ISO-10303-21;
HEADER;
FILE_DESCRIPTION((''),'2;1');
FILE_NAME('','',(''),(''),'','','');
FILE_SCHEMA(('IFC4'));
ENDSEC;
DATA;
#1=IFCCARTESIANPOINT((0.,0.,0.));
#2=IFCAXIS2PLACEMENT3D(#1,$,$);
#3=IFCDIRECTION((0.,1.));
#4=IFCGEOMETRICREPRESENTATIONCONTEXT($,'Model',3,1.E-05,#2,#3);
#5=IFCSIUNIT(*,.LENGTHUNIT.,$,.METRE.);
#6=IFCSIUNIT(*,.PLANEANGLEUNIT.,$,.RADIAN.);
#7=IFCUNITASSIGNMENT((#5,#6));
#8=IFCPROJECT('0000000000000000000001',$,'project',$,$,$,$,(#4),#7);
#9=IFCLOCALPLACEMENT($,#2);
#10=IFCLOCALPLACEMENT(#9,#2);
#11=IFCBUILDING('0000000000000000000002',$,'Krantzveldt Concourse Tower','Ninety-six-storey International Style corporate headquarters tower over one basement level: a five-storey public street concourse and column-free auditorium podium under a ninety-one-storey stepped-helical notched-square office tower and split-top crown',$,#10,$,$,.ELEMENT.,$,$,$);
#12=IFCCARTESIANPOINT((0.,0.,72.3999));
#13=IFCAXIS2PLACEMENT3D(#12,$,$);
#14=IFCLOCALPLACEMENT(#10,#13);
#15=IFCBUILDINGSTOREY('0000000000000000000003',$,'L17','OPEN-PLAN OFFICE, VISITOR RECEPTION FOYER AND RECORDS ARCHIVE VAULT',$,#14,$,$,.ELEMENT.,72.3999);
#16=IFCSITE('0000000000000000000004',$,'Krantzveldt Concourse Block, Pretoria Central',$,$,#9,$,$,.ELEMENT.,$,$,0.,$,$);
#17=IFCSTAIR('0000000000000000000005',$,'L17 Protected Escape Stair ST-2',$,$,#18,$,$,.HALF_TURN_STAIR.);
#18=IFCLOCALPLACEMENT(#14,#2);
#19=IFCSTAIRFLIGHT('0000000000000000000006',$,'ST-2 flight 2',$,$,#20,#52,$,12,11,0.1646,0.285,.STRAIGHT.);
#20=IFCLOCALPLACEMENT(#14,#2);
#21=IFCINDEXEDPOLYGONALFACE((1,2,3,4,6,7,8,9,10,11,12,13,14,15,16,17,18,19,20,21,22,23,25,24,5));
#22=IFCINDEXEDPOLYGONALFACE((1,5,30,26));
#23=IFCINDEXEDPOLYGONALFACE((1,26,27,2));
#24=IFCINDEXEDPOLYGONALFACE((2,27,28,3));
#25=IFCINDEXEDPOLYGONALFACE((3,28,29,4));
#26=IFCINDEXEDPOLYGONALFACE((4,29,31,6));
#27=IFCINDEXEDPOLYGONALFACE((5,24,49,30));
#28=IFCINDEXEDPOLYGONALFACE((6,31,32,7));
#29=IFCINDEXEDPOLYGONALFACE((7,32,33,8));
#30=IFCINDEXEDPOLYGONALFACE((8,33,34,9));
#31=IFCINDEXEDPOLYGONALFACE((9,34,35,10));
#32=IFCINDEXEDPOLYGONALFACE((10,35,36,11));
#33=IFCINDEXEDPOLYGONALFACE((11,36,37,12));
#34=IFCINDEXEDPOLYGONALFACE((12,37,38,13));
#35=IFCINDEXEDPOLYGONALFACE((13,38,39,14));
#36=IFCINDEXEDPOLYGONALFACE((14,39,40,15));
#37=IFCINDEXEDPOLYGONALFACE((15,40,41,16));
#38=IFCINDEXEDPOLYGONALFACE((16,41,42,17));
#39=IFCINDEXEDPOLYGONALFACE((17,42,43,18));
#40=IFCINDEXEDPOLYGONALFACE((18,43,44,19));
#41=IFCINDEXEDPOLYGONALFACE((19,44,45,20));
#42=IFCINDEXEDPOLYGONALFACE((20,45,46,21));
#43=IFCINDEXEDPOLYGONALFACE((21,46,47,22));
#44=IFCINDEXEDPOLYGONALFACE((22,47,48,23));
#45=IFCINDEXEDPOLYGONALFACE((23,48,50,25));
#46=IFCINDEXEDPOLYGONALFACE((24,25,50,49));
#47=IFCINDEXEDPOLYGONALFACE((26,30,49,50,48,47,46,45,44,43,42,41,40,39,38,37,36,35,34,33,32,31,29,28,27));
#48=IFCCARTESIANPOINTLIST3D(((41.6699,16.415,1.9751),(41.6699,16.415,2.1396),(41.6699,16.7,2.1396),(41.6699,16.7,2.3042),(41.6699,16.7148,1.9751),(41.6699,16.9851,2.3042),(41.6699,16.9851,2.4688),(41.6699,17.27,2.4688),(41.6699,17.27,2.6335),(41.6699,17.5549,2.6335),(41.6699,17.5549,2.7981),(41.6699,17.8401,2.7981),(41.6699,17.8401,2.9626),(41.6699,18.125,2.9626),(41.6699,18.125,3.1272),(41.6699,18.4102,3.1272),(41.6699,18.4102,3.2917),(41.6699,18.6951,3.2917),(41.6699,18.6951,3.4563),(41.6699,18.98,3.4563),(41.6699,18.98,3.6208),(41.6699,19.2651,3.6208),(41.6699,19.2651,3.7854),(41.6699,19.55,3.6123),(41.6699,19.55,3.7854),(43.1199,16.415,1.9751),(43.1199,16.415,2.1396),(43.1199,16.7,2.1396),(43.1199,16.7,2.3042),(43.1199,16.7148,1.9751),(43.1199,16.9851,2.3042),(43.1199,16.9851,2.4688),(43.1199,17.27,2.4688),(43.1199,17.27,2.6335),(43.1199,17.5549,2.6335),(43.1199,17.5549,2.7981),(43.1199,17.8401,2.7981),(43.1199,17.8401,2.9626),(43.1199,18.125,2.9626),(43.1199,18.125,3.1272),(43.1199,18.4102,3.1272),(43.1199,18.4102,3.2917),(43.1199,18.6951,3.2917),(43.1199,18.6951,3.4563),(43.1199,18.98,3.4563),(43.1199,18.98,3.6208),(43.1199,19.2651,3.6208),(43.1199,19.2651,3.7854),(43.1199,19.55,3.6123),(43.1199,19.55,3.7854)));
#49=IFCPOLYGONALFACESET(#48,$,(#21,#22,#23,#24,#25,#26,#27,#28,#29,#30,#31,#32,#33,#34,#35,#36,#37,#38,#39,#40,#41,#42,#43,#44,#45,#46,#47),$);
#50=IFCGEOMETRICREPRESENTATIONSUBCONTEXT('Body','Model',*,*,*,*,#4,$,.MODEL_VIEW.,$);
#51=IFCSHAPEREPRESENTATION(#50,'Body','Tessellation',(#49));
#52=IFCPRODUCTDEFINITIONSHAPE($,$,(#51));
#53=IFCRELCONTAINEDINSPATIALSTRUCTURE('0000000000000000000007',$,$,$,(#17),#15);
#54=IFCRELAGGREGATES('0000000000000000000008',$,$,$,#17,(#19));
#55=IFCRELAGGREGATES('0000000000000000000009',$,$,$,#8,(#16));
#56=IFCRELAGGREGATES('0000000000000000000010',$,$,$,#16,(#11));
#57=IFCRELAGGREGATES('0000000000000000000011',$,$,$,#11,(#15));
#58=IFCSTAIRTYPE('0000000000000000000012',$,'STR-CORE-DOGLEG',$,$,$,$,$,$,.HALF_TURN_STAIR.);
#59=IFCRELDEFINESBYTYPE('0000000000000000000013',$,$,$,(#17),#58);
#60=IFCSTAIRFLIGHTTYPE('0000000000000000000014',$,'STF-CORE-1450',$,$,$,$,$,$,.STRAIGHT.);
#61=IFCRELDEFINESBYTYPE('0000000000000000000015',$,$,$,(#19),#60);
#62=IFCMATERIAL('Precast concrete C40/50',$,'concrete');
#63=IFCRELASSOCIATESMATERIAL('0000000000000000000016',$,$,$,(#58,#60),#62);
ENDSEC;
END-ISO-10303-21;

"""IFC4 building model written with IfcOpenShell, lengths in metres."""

from ifc_helpers import new_model, si_unit, direction, frame, origin, place, context, subcontext, project, spatial, polyline, outline, extrude, material, type_object, element, aggregate, save


model = new_model("IFC4")

# Units and contexts
model_context = context("Model", 3, precision=1e-05, world=origin(), true_north=direction((0.0, 1.0)))
body_context = subcontext(model_context, "Body", "Model", "MODEL_VIEW")
ifc_project = project(units=[si_unit("LENGTHUNIT", "METRE"), si_unit("PLANEANGLEUNIT", "RADIAN")], contexts=[model_context])

# Site, building, storey
site_placement = place(None, origin())
site = spatial("IfcSite", under=ifc_project, at=site_placement, Name="Krantzveldt Concourse Block, Pretoria Central", CompositionType="ELEMENT", RefElevation=0.0)
building_placement = place(site_placement, origin())
building = spatial("IfcBuilding", under=site, at=building_placement, Name="Krantzveldt Concourse Tower", Description="Ninety-six-storey International Style corporate headquarters tower over one basement level: a five-storey public street concourse and column-free auditorium podium under a ninety-one-storey stepped-helical notched-square office tower and split-top crown", CompositionType="ELEMENT")
storey_placement = place(building_placement, frame((0.0, 0.0, 72.3999)))
storey = spatial("IfcBuildingStorey", under=building, at=storey_placement, Name="L17", Description="OPEN-PLAN OFFICE, VISITOR RECEPTION FOYER AND RECORDS ARCHIVE VAULT", CompositionType="ELEMENT", Elevation=72.3999)

# Stair, stair flight
ifc_material_1 = material(Name="Precast concrete C40/50", Category="concrete")
stair_type = type_object("IfcStairType", Name="STR-CORE-DOGLEG", PredefinedType="HALF_TURN_STAIR", material=ifc_material_1)
stair_placement = place(storey_placement, origin())
stair = element("IfcStair", 1, at=stair_placement, inside=storey, type_object=stair_type, Name="L17 Protected Escape Stair ST-2", PredefinedType="HALF_TURN_STAIR")
stair_flight_type = type_object("IfcStairFlightType", Name="STF-CORE-1450", PredefinedType="STRAIGHT", material=ifc_material_1)
stair_flight_1_placement = place(storey_placement, frame((42.395, 16.415, 1.9751), z_axis=(0.0, 0.0, 1.0), x_axis=(0.0, 1.0, 0.0)))
stair_flight_1 = element("IfcStairFlight", 2, at=stair_flight_1_placement, type_object=stair_flight_type, Name="ST-2 flight 2", NumberOfRisers=12, NumberOfTreads=11, PredefinedType="STRAIGHT", RiserHeight=0.1646, TreadLength=0.285, context=body_context, shape_type="SweptSolid", body=[
    extrude(outline(polyline([(0.0, 0.0), (0.0, 0.1646), (0.2849, 0.1646), (0.2849, 0.3291), (0.5701, 0.3291), (0.5701, 0.4937), (0.855, 0.4937), (0.855, 0.6584), (1.1399, 0.6584), (1.1399, 0.823), (1.425, 0.823), (1.425, 0.9875), (1.71, 0.9875), (1.71, 1.1521), (1.9951, 1.1521), (1.9951, 1.3167), (2.28, 1.3167), (2.28, 1.4812), (2.5649, 1.4812), (2.5649, 1.6458), (2.8501, 1.6458), (2.8501, 1.8103), (3.135, 1.8103), (3.135, 1.9751), (3.135, 1.6372), (0.2998, 0.0), (0.0, 0.0)])), frame((0.0, 0.7251, 0.0), z_axis=(0.0, -1.0, 0.0), x_axis=(1.0, 0.0, 0.0)), (0.0, 0.0, 1.0), 1.45),
])
aggregate(stair, [stair_flight_1])

save(model, "model.ifc")
